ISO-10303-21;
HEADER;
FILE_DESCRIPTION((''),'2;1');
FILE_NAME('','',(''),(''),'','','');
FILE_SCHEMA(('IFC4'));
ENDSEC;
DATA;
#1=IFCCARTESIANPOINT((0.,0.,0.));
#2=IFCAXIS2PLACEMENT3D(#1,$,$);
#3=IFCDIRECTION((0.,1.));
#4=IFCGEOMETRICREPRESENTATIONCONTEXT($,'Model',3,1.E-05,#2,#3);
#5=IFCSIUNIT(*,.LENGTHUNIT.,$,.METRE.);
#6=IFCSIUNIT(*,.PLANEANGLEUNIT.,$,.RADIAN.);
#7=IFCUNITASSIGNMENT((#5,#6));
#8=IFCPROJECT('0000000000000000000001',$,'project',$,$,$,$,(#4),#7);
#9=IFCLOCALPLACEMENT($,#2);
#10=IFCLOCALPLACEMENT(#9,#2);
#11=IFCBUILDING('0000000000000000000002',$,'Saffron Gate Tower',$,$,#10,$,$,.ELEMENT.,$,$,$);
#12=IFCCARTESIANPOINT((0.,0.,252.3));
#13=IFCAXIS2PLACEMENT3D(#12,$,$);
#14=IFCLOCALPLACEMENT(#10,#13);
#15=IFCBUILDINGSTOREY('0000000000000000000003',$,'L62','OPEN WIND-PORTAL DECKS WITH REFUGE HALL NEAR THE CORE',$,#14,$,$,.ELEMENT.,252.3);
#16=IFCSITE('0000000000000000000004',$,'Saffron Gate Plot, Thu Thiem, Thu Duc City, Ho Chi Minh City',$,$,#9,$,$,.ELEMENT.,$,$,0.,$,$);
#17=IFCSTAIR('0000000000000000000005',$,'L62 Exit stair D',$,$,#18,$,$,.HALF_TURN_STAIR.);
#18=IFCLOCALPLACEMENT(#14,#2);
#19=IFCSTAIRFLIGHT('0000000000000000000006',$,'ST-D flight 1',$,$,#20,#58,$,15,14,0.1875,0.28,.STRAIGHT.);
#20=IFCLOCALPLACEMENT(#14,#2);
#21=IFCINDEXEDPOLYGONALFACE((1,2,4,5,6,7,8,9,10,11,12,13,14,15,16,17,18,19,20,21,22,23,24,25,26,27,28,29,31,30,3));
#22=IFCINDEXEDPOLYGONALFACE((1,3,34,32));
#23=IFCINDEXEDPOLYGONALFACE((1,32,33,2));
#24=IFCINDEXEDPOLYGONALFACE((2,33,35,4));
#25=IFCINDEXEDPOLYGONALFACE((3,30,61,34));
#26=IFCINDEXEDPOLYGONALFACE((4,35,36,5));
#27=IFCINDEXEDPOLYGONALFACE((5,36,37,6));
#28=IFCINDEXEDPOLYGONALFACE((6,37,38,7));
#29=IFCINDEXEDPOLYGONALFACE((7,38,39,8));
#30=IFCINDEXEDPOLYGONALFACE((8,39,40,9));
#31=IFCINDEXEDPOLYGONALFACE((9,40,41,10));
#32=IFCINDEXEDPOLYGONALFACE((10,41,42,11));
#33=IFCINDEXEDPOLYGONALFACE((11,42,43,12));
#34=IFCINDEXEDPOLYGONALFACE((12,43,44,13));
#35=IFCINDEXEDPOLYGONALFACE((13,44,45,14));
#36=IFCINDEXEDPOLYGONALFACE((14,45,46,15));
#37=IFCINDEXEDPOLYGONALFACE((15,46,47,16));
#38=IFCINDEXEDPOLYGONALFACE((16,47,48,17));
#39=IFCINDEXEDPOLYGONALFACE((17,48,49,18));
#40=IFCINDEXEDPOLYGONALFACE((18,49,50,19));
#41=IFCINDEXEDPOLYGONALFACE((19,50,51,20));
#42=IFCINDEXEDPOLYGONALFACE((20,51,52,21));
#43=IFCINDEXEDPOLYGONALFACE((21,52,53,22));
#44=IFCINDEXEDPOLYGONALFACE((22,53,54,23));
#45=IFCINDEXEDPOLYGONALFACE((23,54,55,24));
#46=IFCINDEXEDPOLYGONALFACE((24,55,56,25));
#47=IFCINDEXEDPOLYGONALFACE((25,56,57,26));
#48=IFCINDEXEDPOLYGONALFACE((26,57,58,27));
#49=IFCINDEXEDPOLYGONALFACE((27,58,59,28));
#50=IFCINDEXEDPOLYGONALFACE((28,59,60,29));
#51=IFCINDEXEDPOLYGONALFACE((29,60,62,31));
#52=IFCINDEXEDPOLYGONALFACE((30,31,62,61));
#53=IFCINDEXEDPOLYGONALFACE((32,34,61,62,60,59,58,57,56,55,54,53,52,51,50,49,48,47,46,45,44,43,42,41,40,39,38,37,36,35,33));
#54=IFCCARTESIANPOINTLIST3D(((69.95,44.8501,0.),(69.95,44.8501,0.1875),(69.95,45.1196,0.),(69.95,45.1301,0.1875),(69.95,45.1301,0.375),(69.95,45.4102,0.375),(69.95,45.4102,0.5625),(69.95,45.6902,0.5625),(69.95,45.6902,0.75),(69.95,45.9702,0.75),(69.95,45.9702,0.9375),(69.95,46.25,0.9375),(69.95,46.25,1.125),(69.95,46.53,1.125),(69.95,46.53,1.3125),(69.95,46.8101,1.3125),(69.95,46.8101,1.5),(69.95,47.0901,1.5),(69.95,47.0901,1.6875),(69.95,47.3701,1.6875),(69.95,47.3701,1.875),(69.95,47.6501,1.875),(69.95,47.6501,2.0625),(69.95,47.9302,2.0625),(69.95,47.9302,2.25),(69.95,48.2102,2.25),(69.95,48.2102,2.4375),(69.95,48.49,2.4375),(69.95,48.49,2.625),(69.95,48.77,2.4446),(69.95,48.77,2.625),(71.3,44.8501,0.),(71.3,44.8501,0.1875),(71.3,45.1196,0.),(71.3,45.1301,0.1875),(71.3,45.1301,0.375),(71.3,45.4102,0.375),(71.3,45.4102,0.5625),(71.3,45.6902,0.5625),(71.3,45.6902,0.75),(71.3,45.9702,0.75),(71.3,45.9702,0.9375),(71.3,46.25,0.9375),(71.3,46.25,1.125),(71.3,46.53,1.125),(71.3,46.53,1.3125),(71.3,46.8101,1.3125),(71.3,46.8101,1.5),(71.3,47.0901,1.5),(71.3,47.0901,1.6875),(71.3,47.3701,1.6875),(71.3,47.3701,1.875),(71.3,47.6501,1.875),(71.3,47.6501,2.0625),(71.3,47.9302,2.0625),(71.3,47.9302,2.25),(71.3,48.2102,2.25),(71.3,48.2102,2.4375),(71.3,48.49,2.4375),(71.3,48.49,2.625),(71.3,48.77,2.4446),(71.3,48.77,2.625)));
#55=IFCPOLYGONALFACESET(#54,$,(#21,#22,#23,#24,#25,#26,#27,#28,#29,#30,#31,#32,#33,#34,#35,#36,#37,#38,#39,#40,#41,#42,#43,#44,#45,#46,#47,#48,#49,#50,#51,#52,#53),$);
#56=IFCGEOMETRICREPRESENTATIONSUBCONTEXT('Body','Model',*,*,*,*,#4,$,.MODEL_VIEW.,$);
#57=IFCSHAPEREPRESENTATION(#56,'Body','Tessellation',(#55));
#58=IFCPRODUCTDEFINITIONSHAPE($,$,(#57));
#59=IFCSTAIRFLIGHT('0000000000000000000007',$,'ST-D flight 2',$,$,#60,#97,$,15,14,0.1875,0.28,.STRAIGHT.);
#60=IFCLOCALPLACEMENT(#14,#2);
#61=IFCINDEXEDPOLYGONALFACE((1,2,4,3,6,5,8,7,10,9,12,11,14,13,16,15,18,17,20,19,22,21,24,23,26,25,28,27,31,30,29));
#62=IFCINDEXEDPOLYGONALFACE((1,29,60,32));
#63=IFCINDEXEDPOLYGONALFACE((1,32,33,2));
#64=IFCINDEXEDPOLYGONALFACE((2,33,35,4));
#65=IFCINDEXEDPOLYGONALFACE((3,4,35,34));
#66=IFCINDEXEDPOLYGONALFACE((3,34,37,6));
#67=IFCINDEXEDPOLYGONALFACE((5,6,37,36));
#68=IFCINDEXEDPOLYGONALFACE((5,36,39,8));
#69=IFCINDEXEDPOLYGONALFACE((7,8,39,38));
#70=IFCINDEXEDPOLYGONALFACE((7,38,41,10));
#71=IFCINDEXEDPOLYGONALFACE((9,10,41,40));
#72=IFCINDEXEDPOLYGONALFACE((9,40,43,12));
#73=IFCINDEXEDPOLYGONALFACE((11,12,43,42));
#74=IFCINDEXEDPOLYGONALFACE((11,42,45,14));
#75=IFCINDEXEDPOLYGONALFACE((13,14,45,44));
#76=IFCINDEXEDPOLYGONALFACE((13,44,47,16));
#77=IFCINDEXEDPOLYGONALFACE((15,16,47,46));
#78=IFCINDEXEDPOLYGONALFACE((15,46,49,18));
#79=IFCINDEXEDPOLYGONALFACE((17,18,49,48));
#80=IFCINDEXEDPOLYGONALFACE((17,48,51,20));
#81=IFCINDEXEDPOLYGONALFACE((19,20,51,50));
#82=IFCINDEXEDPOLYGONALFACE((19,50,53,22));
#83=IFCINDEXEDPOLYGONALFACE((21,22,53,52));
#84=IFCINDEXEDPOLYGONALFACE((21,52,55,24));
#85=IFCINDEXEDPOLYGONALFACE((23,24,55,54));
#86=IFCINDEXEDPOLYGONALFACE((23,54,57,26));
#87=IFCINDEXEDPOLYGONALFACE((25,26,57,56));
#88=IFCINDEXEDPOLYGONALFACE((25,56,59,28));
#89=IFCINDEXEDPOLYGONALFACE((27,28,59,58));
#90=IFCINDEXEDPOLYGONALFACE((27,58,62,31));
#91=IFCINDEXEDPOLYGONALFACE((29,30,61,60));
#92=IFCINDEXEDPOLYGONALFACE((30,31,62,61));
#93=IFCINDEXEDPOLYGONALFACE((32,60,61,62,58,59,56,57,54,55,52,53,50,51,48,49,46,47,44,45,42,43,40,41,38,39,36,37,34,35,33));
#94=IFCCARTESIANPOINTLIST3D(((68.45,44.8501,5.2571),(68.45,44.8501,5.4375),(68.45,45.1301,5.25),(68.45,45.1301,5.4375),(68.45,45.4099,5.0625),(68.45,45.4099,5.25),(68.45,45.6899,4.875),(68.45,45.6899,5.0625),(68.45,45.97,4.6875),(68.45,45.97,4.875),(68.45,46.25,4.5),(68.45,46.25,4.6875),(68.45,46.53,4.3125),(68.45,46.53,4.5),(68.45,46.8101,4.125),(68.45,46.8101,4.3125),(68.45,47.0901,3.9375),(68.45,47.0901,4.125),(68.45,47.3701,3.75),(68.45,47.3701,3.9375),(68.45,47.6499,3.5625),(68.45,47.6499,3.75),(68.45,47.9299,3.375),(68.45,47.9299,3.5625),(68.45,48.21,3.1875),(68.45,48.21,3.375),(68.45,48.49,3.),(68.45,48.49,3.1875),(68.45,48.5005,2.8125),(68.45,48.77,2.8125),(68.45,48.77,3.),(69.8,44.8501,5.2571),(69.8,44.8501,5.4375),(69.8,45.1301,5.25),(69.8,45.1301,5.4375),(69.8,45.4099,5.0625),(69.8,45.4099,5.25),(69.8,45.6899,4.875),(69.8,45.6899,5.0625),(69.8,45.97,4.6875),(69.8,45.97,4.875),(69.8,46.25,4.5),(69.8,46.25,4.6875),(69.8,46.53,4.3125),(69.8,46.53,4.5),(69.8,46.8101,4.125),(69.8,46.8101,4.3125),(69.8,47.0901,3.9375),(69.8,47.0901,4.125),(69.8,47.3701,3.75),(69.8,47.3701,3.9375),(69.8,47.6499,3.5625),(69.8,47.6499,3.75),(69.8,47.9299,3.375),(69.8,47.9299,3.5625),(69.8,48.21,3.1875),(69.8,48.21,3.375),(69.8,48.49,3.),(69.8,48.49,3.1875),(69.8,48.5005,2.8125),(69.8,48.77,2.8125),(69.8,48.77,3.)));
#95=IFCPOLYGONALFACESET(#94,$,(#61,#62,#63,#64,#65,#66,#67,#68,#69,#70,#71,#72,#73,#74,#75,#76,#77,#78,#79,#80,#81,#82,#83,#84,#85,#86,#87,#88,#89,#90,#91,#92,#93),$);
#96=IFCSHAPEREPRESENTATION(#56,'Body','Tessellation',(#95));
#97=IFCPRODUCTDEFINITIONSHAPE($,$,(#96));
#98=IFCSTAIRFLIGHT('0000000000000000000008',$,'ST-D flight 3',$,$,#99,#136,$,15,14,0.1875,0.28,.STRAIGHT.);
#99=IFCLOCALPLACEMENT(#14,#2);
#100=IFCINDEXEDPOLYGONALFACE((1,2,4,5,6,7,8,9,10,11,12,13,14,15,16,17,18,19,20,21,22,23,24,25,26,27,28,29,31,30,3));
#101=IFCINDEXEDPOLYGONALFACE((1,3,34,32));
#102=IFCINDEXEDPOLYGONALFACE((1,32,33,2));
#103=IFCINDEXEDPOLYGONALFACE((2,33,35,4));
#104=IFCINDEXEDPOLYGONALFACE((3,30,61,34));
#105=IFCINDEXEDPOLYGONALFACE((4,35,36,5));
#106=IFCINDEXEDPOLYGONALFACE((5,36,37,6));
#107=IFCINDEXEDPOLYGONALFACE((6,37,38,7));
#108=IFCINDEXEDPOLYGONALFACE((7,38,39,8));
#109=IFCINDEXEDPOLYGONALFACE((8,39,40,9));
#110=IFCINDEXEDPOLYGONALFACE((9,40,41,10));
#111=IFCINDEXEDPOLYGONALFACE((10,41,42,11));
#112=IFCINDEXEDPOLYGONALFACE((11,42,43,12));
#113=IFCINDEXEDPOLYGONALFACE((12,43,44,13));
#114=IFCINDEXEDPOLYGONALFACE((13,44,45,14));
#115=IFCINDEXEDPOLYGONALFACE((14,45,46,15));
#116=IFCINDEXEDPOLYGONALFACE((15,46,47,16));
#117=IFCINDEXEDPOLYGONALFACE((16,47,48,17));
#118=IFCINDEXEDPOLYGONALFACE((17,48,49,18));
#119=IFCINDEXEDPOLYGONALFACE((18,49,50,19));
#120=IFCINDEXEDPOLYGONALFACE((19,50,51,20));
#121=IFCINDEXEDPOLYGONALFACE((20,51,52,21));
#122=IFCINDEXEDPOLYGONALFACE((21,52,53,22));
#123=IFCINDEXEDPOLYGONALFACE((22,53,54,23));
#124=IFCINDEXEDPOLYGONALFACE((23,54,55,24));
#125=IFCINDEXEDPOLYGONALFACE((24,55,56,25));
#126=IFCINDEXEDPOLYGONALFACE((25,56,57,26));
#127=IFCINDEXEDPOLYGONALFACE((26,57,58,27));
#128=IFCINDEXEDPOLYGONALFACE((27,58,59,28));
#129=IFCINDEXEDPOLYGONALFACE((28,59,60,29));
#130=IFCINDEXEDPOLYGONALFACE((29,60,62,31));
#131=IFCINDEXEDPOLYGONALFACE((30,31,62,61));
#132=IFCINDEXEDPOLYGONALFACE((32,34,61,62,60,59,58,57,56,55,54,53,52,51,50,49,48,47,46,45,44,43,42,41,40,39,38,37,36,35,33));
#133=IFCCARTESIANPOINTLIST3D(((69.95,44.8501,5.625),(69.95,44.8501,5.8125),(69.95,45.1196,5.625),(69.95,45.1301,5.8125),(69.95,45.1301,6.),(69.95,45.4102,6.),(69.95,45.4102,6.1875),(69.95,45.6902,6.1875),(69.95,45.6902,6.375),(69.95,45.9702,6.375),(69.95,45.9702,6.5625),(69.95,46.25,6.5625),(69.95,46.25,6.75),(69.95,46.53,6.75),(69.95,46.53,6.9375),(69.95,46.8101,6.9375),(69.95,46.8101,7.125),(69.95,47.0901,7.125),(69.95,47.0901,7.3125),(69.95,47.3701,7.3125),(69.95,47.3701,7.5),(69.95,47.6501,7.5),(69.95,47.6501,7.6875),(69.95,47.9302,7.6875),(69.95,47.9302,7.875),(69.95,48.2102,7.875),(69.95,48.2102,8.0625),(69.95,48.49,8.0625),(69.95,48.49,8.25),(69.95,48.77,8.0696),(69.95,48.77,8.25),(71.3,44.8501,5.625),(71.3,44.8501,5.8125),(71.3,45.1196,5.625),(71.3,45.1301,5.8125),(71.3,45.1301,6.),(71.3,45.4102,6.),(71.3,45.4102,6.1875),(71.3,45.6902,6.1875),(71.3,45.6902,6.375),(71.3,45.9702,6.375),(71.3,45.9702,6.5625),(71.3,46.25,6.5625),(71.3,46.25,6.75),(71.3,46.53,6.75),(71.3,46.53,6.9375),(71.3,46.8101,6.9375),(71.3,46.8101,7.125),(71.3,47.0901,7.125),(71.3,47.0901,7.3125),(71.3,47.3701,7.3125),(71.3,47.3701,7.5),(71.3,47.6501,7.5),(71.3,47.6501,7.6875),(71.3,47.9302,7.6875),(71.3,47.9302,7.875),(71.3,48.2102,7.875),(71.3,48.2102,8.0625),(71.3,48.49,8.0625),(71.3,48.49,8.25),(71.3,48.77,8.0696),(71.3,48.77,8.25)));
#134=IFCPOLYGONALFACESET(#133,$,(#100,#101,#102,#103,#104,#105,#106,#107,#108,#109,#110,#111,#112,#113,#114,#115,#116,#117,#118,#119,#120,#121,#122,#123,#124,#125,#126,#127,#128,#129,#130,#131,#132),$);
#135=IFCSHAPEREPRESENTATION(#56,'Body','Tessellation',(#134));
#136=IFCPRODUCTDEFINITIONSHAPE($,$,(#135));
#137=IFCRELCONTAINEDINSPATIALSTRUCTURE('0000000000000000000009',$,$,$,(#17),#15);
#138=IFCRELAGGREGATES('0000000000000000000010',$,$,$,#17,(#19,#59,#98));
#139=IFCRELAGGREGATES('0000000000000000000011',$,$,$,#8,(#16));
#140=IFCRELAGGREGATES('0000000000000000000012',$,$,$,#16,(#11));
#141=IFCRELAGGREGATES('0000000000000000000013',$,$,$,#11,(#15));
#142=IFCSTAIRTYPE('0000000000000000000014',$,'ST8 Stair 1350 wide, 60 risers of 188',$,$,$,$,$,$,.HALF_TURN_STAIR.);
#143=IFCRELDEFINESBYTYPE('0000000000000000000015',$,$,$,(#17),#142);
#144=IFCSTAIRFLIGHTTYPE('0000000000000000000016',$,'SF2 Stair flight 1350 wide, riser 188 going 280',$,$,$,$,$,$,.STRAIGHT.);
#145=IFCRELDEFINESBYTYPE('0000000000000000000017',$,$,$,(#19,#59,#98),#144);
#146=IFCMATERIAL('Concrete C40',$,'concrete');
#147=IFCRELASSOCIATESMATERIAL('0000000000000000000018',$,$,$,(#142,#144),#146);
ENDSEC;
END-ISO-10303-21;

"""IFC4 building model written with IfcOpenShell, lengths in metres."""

from ifc_helpers import new_model, si_unit, direction, frame, origin, place, context, subcontext, project, spatial, polyline, outline, extrude, material, type_object, element, aggregate, save


model = new_model("IFC4")

# Units and contexts
model_context = context("Model", 3, precision=1e-05, world=origin(), true_north=direction((0.0, 1.0)))
body_context = subcontext(model_context, "Body", "Model", "MODEL_VIEW")
ifc_project = project(units=[si_unit("LENGTHUNIT", "METRE"), si_unit("PLANEANGLEUNIT", "RADIAN")], contexts=[model_context])

# Site, building, storey
site_placement = place(None, origin())
site = spatial("IfcSite", under=ifc_project, at=site_placement, Name="Saffron Gate Plot, Thu Thiem, Thu Duc City, Ho Chi Minh City", CompositionType="ELEMENT", RefElevation=0.0)
building_placement = place(site_placement, origin())
building = spatial("IfcBuilding", under=site, at=building_placement, Name="Saffron Gate Tower", CompositionType="ELEMENT")
storey_placement = place(building_placement, frame((0.0, 0.0, 252.3)))
storey = spatial("IfcBuildingStorey", under=building, at=storey_placement, Name="L62", Description="OPEN WIND-PORTAL DECKS WITH REFUGE HALL NEAR THE CORE", CompositionType="ELEMENT", Elevation=252.3)

# Shared definitions
ifc_material_1 = material(Name="Concrete C40", Category="concrete")

# Stair, stair flights
stair_type = type_object("IfcStairType", Name="ST8 Stair 1350 wide, 60 risers of 188", PredefinedType="HALF_TURN_STAIR", material=ifc_material_1)
stair_placement = place(storey_placement, origin())
stair = element("IfcStair", 1, at=stair_placement, inside=storey, type_object=stair_type, Name="L62 Exit stair D", PredefinedType="HALF_TURN_STAIR")
stair_flight_type = type_object("IfcStairFlightType", Name="SF2 Stair flight 1350 wide, riser 188 going 280", PredefinedType="STRAIGHT", material=ifc_material_1)
stair_flight_1_placement = place(storey_placement, frame((70.625, 44.8501, 0.0), z_axis=(0.0, 0.0, 1.0), x_axis=(0.0, 1.0, 0.0)))
stair_flight_1 = element("IfcStairFlight", 2, at=stair_flight_1_placement, type_object=stair_flight_type, Name="ST-D flight 1", NumberOfRisers=15, NumberOfTreads=14, PredefinedType="STRAIGHT", RiserHeight=0.1875, TreadLength=0.28, context=body_context, shape_type="SweptSolid", body=[
    extrude(outline(polyline([(0.0, 0.0), (0.0, 0.1875), (0.28, 0.1875), (0.28, 0.375), (0.5601, 0.375), (0.5601, 0.5625), (0.8401, 0.5625), (0.8401, 0.75), (1.1201, 0.75), (1.1201, 0.9375), (1.3999, 0.9375), (1.3999, 1.125), (1.6799, 1.125), (1.6799, 1.3125), (1.96, 1.3125), (1.96, 1.5), (2.24, 1.5), (2.24, 1.6875), (2.52, 1.6875), (2.52, 1.875), (2.8, 1.875), (2.8, 2.0625), (3.0801, 2.0625), (3.0801, 2.25), (3.3601, 2.25), (3.3601, 2.4375), (3.6399, 2.4375), (3.6399, 2.625), (3.9199, 2.625), (3.9199, 2.8125), (3.9199, 2.4446), (0.2695, 0.0), (0.0, 0.0)])), frame((0.0, 0.675, 0.0), z_axis=(0.0, -1.0, 0.0), x_axis=(1.0, 0.0, 0.0)), (0.0, 0.0, 1.0), 1.3501),
])
stair_flight_2_placement = place(storey_placement, frame((69.125, 48.77, 2.8125), z_axis=(0.0, 0.0, 1.0), x_axis=(0.0, -1.0, 0.0)))
stair_flight_2 = element("IfcStairFlight", 3, at=stair_flight_2_placement, type_object=stair_flight_type, Name="ST-D flight 2", NumberOfRisers=15, NumberOfTreads=14, PredefinedType="STRAIGHT", RiserHeight=0.1875, TreadLength=0.28, context=body_context, shape_type="SweptSolid", body=[
    extrude(outline(polyline([(0.0, 0.0), (0.0, 0.1875), (0.28, 0.1875), (0.28, 0.375), (0.5601, 0.375), (0.5601, 0.5625), (0.8401, 0.5625), (0.8401, 0.75), (1.1201, 0.75), (1.1201, 0.9375), (1.3999, 0.9375), (1.3999, 1.125), (1.6799, 1.125), (1.6799, 1.3125), (1.96, 1.3125), (1.96, 1.5), (2.24, 1.5), (2.24, 1.6875), (2.52, 1.6875), (2.52, 1.875), (2.8, 1.875), (2.8, 2.0625), (3.0801, 2.0625), (3.0801, 2.25), (3.3601, 2.25), (3.3601, 2.4375), (3.6399, 2.4375), (3.6399, 2.625), (3.9199, 2.625), (3.9199, 2.8125), (3.9199, 2.4446), (0.2695, 0.0), (0.0, 0.0)])), frame((0.0, 0.675, 0.0), z_axis=(0.0, -1.0, 0.0), x_axis=(1.0, 0.0, 0.0)), (0.0, 0.0, 1.0), 1.3501),
])
stair_flight_3_placement = place(storey_placement, frame((70.625, 44.8501, 5.625), z_axis=(0.0, 0.0, 1.0), x_axis=(0.0, 1.0, 0.0)))
stair_flight_3 = element("IfcStairFlight", 4, at=stair_flight_3_placement, type_object=stair_flight_type, Name="ST-D flight 3", NumberOfRisers=15, NumberOfTreads=14, PredefinedType="STRAIGHT", RiserHeight=0.1875, TreadLength=0.28, context=body_context, shape_type="SweptSolid", body=[
    extrude(outline(polyline([(0.0, 0.0), (0.0, 0.1875), (0.28, 0.1875), (0.28, 0.375), (0.5601, 0.375), (0.5601, 0.5625), (0.8401, 0.5625), (0.8401, 0.75), (1.1201, 0.75), (1.1201, 0.9375), (1.3999, 0.9375), (1.3999, 1.125), (1.6799, 1.125), (1.6799, 1.3125), (1.96, 1.3125), (1.96, 1.5), (2.24, 1.5), (2.24, 1.6875), (2.52, 1.6875), (2.52, 1.875), (2.8, 1.875), (2.8, 2.0625), (3.0801, 2.0625), (3.0801, 2.25), (3.3601, 2.25), (3.3601, 2.4375), (3.6399, 2.4375), (3.6399, 2.625), (3.9199, 2.625), (3.9199, 2.8125), (3.9199, 2.4446), (0.2695, 0.0), (0.0, 0.0)])), frame((0.0, 0.675, 0.0), z_axis=(0.0, -1.0, 0.0), x_axis=(1.0, 0.0, 0.0)), (0.0, 0.0, 1.0), 1.3501),
])
aggregate(stair, [stair_flight_1, stair_flight_2, stair_flight_3])

save(model, "model.ifc")
